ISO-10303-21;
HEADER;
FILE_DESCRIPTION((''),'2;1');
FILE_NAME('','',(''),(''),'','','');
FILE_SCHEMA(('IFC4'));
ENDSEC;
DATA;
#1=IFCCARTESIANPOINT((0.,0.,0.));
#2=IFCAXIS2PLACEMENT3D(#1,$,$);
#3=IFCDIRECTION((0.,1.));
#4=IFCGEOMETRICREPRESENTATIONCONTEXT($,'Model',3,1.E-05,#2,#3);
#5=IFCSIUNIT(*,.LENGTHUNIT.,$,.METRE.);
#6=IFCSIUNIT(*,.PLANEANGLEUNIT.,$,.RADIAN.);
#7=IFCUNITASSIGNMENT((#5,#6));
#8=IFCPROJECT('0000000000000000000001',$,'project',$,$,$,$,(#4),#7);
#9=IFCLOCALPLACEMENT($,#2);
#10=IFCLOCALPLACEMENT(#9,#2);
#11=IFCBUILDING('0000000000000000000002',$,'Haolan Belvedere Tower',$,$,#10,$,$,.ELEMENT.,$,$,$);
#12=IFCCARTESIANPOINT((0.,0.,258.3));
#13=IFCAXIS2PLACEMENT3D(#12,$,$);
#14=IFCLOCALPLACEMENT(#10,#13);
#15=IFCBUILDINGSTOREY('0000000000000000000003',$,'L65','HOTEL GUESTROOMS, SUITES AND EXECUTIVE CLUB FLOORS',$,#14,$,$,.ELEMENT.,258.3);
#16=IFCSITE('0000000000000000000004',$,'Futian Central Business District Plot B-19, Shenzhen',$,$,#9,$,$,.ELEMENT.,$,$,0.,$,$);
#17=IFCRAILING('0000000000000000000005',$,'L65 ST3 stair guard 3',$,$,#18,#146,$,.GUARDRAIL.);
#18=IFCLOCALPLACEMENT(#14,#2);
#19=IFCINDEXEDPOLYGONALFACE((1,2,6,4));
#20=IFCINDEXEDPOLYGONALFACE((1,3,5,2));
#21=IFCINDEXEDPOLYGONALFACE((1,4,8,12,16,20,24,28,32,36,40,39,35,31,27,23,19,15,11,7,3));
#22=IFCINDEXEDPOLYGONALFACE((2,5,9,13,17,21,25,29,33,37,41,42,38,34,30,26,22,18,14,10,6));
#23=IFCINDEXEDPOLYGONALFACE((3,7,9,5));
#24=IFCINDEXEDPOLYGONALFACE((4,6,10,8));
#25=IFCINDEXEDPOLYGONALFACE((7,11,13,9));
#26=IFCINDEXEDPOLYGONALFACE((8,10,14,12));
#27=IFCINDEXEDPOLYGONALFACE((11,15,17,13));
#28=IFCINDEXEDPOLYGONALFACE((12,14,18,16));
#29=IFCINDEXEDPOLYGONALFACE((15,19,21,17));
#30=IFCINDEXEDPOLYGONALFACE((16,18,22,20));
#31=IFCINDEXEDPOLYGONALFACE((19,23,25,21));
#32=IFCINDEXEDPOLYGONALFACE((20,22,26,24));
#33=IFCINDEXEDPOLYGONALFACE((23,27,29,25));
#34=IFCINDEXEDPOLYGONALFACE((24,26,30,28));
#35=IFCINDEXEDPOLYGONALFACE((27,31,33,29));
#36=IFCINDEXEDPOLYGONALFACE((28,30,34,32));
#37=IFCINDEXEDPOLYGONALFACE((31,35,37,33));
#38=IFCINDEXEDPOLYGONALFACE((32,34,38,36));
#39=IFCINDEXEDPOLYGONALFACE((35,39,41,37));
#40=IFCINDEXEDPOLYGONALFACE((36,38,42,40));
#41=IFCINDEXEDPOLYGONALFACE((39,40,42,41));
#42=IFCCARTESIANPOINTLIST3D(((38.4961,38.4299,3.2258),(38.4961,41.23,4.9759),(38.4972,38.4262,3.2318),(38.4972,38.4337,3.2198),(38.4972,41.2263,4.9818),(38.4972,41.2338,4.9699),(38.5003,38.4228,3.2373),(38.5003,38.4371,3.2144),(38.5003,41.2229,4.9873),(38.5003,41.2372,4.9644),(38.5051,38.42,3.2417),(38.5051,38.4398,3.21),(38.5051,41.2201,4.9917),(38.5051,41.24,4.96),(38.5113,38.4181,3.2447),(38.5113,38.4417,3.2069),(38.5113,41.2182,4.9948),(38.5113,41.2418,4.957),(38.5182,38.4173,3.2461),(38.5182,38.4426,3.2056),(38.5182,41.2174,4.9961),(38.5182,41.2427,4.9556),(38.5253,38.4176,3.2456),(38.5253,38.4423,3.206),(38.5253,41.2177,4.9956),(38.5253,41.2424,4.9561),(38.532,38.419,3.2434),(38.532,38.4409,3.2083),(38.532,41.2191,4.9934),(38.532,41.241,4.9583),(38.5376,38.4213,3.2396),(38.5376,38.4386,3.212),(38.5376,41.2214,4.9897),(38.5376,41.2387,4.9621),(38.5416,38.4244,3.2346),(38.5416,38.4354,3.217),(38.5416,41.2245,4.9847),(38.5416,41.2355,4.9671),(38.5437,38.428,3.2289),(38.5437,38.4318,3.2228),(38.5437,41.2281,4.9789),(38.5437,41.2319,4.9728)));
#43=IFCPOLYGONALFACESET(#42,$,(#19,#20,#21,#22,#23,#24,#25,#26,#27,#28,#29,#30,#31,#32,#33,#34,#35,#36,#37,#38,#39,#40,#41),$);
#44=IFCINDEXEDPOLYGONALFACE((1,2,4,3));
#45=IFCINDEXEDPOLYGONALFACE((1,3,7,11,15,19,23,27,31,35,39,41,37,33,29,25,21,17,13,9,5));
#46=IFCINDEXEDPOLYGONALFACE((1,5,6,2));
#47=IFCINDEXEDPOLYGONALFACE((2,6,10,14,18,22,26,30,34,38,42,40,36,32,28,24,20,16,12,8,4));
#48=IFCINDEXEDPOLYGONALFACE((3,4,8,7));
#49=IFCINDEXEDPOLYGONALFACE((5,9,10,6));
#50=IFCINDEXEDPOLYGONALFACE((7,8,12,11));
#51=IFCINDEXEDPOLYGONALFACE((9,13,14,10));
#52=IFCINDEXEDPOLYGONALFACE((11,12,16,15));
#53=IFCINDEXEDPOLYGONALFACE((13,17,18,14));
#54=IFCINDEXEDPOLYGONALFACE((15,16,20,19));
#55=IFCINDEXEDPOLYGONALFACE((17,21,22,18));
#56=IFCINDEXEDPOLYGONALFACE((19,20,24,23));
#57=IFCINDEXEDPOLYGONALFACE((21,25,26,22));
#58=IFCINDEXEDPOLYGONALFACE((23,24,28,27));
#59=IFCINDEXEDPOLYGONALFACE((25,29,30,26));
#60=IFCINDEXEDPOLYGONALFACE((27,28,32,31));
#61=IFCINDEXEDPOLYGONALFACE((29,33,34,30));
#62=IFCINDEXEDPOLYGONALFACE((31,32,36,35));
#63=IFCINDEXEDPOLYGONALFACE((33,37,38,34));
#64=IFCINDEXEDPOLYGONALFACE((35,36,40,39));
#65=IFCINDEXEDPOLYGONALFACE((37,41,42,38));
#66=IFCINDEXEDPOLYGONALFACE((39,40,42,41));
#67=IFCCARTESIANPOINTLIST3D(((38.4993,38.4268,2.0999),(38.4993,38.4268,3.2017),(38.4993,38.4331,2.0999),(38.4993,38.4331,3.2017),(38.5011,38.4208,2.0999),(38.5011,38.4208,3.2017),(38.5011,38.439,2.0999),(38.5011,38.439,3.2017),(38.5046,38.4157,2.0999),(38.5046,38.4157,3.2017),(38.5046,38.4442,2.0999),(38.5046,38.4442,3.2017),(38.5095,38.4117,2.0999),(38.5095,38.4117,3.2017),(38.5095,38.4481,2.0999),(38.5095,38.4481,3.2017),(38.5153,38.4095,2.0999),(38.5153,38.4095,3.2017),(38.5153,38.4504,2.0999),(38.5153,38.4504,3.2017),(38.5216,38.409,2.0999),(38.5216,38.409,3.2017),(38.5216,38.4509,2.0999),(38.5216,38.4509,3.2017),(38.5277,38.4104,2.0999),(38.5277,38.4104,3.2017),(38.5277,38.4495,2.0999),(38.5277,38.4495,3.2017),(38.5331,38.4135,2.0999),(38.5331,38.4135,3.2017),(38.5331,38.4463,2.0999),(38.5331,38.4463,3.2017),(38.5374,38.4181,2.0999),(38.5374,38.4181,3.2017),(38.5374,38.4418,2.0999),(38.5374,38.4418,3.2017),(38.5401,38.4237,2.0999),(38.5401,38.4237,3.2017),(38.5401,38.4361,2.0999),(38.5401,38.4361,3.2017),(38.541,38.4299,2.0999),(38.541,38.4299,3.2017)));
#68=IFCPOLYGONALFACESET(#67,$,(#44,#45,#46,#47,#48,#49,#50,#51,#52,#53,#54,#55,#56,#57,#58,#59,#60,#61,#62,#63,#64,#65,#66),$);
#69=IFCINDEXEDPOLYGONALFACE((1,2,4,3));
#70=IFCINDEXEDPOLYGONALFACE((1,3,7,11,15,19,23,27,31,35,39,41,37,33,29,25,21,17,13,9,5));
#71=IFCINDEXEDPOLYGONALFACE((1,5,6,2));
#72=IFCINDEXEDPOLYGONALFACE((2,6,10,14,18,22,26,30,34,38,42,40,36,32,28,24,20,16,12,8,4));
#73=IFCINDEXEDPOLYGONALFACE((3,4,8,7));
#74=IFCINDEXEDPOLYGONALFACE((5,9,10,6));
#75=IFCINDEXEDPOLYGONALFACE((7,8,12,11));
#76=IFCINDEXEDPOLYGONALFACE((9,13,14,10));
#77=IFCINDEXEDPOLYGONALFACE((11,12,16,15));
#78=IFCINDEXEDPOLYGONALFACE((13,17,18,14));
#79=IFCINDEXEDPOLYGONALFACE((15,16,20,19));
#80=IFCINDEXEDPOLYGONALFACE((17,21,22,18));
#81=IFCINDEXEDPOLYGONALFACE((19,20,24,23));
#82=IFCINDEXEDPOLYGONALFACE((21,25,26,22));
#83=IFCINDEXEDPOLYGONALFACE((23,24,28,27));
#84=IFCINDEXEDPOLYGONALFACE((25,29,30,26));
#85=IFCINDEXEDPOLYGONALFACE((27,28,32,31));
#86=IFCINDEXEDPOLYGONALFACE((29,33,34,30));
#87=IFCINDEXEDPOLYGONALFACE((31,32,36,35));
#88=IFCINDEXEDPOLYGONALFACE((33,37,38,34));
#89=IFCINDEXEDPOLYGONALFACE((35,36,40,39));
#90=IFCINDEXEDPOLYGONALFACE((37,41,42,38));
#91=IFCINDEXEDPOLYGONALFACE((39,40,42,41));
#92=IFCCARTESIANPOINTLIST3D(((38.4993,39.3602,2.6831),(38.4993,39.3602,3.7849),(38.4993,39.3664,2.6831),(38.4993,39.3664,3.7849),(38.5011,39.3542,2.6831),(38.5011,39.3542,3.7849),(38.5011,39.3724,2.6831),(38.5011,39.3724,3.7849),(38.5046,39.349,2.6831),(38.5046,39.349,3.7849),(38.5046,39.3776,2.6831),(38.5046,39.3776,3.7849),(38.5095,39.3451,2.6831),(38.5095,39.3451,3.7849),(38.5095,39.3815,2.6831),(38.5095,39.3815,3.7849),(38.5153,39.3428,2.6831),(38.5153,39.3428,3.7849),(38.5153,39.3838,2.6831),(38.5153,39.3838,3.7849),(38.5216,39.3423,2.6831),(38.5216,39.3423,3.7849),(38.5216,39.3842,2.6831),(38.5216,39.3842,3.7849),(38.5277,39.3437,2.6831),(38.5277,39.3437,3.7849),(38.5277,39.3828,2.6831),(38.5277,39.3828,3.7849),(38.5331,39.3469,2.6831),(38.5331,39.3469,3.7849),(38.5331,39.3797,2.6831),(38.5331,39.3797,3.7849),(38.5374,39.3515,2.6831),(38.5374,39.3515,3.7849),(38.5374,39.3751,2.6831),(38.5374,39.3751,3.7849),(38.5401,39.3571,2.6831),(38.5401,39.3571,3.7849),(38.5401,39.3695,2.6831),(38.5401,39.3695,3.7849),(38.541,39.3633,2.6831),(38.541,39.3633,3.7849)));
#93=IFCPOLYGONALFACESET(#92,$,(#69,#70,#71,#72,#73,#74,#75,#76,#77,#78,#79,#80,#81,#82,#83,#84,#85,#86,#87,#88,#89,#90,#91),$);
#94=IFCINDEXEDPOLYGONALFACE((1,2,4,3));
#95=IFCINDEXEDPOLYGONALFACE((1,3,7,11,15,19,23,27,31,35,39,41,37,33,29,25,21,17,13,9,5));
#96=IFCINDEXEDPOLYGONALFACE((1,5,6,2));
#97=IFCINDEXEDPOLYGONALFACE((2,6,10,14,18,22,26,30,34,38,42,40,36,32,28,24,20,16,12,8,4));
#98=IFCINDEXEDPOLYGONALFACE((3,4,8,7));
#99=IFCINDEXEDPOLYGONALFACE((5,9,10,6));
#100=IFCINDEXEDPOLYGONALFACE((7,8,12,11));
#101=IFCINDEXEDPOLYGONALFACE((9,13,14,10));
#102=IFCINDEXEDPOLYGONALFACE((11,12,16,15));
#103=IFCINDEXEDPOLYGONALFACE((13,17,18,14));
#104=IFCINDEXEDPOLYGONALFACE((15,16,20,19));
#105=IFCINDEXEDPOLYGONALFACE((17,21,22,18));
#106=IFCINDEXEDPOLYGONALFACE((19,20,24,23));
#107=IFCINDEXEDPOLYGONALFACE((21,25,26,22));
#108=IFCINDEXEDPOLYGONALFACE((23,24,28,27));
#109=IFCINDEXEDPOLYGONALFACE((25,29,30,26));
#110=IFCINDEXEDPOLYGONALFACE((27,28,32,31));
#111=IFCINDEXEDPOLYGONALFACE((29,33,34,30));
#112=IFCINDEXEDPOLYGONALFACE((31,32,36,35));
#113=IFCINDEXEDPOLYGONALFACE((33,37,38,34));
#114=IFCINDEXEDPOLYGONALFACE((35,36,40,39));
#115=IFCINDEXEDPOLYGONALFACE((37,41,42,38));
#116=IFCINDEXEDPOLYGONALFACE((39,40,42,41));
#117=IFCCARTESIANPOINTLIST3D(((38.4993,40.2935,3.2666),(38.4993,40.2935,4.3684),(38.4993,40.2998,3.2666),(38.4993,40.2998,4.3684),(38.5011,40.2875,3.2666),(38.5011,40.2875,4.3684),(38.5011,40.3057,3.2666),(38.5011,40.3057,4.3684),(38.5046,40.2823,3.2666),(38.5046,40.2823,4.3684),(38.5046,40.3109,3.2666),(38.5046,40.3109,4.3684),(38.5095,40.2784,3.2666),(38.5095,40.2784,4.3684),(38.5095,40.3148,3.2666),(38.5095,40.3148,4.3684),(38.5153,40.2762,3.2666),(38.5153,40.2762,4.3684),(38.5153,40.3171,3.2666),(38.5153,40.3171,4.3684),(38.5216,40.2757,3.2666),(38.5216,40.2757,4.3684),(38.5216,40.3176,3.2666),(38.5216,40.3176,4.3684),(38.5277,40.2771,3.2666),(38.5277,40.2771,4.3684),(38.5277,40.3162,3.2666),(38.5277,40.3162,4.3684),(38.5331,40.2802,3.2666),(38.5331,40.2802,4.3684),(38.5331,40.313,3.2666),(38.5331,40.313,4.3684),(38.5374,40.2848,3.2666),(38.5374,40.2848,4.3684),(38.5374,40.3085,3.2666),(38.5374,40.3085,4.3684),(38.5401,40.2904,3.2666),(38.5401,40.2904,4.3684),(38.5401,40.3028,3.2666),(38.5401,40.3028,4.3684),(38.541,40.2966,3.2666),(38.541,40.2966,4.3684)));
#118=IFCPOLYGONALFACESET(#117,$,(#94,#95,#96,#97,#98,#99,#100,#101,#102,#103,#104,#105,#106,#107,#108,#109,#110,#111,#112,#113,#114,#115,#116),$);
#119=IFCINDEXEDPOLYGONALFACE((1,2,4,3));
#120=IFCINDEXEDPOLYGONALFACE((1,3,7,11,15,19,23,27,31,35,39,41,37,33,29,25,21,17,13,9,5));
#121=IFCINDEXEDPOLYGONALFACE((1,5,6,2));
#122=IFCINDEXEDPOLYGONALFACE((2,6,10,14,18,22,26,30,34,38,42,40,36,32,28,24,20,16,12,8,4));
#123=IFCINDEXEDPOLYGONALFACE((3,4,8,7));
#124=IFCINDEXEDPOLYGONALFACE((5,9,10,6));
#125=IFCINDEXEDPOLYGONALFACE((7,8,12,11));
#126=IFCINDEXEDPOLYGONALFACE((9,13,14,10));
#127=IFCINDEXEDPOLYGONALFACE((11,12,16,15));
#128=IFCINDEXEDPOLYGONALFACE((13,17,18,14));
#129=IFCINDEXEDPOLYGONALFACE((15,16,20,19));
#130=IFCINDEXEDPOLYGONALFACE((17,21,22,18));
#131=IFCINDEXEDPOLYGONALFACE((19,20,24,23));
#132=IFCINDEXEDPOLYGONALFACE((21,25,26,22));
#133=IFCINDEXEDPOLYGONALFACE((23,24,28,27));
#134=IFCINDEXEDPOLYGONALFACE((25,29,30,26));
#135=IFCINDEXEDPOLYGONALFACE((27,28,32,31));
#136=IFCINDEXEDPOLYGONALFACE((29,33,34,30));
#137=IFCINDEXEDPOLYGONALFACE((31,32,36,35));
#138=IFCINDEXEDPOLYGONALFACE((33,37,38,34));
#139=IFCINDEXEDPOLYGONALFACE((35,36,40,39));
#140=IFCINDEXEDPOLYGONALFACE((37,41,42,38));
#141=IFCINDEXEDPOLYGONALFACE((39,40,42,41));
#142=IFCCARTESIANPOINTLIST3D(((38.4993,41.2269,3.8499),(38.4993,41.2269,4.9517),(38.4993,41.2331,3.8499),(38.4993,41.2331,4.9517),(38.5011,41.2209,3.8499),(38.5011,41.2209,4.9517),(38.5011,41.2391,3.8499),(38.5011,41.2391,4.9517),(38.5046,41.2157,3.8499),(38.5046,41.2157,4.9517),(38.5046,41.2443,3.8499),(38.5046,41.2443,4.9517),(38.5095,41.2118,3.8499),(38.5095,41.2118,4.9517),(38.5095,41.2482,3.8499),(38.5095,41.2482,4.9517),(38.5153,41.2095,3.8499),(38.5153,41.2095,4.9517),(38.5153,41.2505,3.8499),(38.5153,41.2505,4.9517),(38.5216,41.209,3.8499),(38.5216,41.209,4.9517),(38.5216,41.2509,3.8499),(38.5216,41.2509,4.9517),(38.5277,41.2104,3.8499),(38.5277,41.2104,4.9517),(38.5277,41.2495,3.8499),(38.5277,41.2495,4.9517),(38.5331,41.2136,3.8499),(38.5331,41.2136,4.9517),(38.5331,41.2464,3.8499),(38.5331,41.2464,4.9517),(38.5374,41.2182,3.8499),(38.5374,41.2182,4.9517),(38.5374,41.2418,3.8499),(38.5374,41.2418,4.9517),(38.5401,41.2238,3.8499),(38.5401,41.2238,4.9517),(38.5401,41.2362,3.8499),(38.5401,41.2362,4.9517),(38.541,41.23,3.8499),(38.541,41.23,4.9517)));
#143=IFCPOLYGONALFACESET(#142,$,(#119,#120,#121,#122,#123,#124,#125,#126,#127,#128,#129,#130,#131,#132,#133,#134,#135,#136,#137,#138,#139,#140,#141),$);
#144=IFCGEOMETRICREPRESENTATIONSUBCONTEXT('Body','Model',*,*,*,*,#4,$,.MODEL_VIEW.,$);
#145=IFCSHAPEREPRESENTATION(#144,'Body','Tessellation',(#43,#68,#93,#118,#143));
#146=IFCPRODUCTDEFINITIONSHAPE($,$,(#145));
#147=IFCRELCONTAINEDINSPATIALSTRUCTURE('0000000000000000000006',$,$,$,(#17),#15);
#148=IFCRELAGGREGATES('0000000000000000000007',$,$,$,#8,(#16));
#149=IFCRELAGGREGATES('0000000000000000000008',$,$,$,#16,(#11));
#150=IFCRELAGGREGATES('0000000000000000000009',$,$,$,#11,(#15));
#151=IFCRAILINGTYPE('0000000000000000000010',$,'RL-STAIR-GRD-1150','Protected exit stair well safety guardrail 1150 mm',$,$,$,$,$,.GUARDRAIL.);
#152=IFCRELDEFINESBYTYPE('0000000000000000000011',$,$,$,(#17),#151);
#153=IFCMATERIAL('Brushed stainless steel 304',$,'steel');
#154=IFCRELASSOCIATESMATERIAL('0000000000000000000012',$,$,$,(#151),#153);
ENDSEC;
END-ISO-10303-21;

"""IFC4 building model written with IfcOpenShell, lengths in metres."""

from ifc_helpers import new_model, si_unit, direction, frame, origin, origin_2d, place, context, subcontext, project, spatial, circle, extrude, material, type_object, element, save


model = new_model("IFC4")

# Units and contexts
model_context = context("Model", 3, precision=1e-05, world=origin(), true_north=direction((0.0, 1.0)))
body_context = subcontext(model_context, "Body", "Model", "MODEL_VIEW")
ifc_project = project(units=[si_unit("LENGTHUNIT", "METRE"), si_unit("PLANEANGLEUNIT", "RADIAN")], contexts=[model_context])

# Site, building, storey
site_placement = place(None, origin())
site = spatial("IfcSite", under=ifc_project, at=site_placement, Name="Futian Central Business District Plot B-19, Shenzhen", CompositionType="ELEMENT", RefElevation=0.0)
building_placement = place(site_placement, origin())
building = spatial("IfcBuilding", under=site, at=building_placement, Name="Haolan Belvedere Tower", CompositionType="ELEMENT")
storey_placement = place(building_placement, frame((0.0, 0.0, 258.3)))
storey = spatial("IfcBuildingStorey", under=building, at=storey_placement, Name="L65", Description="HOTEL GUESTROOMS, SUITES AND EXECUTIVE CLUB FLOORS", CompositionType="ELEMENT", Elevation=258.3)

# Railing
ifc_material_1 = material(Name="Brushed stainless steel 304", Category="steel")
railing_type_1 = type_object("IfcRailingType", Name="RL-STAIR-GRD-1150", Description="Protected exit stair well safety guardrail 1150 mm", PredefinedType="GUARDRAIL", material=ifc_material_1)
railing_1_placement = place(storey_placement, frame((38.52, 38.4299, 2.0999)))
element("IfcRailing", 1, at=railing_1_placement, inside=storey, type_object=railing_type_1, Name="L65 ST3 stair guard 3", PredefinedType="GUARDRAIL", context=body_context, shape_type="SweptSolid", body=[
    extrude(circle(Radius=0.0239, at=origin_2d()), frame((0.0, 0.0, 1.126), z_axis=(0.0, 0.848002, 0.529992), x_axis=(-1.0, 0.0, 0.0)), (0.0, 0.0, 1.0), 3.302),
    extrude(circle(Radius=0.021, at=origin_2d()), origin(), (0.0, 0.0, 1.0), 1.1018),
    extrude(circle(Radius=0.021, at=origin_2d()), frame((0.0, 0.9333, 0.5833)), (0.0, 0.0, 1.0), 1.1018),
    extrude(circle(Radius=0.021, at=origin_2d()), frame((0.0, 1.8667, 1.1667)), (0.0, 0.0, 1.0), 1.1018),
    extrude(circle(Radius=0.021, at=origin_2d()), frame((0.0, 2.8, 1.75)), (0.0, 0.0, 1.0), 1.1018),
])

save(model, "model.ifc")
